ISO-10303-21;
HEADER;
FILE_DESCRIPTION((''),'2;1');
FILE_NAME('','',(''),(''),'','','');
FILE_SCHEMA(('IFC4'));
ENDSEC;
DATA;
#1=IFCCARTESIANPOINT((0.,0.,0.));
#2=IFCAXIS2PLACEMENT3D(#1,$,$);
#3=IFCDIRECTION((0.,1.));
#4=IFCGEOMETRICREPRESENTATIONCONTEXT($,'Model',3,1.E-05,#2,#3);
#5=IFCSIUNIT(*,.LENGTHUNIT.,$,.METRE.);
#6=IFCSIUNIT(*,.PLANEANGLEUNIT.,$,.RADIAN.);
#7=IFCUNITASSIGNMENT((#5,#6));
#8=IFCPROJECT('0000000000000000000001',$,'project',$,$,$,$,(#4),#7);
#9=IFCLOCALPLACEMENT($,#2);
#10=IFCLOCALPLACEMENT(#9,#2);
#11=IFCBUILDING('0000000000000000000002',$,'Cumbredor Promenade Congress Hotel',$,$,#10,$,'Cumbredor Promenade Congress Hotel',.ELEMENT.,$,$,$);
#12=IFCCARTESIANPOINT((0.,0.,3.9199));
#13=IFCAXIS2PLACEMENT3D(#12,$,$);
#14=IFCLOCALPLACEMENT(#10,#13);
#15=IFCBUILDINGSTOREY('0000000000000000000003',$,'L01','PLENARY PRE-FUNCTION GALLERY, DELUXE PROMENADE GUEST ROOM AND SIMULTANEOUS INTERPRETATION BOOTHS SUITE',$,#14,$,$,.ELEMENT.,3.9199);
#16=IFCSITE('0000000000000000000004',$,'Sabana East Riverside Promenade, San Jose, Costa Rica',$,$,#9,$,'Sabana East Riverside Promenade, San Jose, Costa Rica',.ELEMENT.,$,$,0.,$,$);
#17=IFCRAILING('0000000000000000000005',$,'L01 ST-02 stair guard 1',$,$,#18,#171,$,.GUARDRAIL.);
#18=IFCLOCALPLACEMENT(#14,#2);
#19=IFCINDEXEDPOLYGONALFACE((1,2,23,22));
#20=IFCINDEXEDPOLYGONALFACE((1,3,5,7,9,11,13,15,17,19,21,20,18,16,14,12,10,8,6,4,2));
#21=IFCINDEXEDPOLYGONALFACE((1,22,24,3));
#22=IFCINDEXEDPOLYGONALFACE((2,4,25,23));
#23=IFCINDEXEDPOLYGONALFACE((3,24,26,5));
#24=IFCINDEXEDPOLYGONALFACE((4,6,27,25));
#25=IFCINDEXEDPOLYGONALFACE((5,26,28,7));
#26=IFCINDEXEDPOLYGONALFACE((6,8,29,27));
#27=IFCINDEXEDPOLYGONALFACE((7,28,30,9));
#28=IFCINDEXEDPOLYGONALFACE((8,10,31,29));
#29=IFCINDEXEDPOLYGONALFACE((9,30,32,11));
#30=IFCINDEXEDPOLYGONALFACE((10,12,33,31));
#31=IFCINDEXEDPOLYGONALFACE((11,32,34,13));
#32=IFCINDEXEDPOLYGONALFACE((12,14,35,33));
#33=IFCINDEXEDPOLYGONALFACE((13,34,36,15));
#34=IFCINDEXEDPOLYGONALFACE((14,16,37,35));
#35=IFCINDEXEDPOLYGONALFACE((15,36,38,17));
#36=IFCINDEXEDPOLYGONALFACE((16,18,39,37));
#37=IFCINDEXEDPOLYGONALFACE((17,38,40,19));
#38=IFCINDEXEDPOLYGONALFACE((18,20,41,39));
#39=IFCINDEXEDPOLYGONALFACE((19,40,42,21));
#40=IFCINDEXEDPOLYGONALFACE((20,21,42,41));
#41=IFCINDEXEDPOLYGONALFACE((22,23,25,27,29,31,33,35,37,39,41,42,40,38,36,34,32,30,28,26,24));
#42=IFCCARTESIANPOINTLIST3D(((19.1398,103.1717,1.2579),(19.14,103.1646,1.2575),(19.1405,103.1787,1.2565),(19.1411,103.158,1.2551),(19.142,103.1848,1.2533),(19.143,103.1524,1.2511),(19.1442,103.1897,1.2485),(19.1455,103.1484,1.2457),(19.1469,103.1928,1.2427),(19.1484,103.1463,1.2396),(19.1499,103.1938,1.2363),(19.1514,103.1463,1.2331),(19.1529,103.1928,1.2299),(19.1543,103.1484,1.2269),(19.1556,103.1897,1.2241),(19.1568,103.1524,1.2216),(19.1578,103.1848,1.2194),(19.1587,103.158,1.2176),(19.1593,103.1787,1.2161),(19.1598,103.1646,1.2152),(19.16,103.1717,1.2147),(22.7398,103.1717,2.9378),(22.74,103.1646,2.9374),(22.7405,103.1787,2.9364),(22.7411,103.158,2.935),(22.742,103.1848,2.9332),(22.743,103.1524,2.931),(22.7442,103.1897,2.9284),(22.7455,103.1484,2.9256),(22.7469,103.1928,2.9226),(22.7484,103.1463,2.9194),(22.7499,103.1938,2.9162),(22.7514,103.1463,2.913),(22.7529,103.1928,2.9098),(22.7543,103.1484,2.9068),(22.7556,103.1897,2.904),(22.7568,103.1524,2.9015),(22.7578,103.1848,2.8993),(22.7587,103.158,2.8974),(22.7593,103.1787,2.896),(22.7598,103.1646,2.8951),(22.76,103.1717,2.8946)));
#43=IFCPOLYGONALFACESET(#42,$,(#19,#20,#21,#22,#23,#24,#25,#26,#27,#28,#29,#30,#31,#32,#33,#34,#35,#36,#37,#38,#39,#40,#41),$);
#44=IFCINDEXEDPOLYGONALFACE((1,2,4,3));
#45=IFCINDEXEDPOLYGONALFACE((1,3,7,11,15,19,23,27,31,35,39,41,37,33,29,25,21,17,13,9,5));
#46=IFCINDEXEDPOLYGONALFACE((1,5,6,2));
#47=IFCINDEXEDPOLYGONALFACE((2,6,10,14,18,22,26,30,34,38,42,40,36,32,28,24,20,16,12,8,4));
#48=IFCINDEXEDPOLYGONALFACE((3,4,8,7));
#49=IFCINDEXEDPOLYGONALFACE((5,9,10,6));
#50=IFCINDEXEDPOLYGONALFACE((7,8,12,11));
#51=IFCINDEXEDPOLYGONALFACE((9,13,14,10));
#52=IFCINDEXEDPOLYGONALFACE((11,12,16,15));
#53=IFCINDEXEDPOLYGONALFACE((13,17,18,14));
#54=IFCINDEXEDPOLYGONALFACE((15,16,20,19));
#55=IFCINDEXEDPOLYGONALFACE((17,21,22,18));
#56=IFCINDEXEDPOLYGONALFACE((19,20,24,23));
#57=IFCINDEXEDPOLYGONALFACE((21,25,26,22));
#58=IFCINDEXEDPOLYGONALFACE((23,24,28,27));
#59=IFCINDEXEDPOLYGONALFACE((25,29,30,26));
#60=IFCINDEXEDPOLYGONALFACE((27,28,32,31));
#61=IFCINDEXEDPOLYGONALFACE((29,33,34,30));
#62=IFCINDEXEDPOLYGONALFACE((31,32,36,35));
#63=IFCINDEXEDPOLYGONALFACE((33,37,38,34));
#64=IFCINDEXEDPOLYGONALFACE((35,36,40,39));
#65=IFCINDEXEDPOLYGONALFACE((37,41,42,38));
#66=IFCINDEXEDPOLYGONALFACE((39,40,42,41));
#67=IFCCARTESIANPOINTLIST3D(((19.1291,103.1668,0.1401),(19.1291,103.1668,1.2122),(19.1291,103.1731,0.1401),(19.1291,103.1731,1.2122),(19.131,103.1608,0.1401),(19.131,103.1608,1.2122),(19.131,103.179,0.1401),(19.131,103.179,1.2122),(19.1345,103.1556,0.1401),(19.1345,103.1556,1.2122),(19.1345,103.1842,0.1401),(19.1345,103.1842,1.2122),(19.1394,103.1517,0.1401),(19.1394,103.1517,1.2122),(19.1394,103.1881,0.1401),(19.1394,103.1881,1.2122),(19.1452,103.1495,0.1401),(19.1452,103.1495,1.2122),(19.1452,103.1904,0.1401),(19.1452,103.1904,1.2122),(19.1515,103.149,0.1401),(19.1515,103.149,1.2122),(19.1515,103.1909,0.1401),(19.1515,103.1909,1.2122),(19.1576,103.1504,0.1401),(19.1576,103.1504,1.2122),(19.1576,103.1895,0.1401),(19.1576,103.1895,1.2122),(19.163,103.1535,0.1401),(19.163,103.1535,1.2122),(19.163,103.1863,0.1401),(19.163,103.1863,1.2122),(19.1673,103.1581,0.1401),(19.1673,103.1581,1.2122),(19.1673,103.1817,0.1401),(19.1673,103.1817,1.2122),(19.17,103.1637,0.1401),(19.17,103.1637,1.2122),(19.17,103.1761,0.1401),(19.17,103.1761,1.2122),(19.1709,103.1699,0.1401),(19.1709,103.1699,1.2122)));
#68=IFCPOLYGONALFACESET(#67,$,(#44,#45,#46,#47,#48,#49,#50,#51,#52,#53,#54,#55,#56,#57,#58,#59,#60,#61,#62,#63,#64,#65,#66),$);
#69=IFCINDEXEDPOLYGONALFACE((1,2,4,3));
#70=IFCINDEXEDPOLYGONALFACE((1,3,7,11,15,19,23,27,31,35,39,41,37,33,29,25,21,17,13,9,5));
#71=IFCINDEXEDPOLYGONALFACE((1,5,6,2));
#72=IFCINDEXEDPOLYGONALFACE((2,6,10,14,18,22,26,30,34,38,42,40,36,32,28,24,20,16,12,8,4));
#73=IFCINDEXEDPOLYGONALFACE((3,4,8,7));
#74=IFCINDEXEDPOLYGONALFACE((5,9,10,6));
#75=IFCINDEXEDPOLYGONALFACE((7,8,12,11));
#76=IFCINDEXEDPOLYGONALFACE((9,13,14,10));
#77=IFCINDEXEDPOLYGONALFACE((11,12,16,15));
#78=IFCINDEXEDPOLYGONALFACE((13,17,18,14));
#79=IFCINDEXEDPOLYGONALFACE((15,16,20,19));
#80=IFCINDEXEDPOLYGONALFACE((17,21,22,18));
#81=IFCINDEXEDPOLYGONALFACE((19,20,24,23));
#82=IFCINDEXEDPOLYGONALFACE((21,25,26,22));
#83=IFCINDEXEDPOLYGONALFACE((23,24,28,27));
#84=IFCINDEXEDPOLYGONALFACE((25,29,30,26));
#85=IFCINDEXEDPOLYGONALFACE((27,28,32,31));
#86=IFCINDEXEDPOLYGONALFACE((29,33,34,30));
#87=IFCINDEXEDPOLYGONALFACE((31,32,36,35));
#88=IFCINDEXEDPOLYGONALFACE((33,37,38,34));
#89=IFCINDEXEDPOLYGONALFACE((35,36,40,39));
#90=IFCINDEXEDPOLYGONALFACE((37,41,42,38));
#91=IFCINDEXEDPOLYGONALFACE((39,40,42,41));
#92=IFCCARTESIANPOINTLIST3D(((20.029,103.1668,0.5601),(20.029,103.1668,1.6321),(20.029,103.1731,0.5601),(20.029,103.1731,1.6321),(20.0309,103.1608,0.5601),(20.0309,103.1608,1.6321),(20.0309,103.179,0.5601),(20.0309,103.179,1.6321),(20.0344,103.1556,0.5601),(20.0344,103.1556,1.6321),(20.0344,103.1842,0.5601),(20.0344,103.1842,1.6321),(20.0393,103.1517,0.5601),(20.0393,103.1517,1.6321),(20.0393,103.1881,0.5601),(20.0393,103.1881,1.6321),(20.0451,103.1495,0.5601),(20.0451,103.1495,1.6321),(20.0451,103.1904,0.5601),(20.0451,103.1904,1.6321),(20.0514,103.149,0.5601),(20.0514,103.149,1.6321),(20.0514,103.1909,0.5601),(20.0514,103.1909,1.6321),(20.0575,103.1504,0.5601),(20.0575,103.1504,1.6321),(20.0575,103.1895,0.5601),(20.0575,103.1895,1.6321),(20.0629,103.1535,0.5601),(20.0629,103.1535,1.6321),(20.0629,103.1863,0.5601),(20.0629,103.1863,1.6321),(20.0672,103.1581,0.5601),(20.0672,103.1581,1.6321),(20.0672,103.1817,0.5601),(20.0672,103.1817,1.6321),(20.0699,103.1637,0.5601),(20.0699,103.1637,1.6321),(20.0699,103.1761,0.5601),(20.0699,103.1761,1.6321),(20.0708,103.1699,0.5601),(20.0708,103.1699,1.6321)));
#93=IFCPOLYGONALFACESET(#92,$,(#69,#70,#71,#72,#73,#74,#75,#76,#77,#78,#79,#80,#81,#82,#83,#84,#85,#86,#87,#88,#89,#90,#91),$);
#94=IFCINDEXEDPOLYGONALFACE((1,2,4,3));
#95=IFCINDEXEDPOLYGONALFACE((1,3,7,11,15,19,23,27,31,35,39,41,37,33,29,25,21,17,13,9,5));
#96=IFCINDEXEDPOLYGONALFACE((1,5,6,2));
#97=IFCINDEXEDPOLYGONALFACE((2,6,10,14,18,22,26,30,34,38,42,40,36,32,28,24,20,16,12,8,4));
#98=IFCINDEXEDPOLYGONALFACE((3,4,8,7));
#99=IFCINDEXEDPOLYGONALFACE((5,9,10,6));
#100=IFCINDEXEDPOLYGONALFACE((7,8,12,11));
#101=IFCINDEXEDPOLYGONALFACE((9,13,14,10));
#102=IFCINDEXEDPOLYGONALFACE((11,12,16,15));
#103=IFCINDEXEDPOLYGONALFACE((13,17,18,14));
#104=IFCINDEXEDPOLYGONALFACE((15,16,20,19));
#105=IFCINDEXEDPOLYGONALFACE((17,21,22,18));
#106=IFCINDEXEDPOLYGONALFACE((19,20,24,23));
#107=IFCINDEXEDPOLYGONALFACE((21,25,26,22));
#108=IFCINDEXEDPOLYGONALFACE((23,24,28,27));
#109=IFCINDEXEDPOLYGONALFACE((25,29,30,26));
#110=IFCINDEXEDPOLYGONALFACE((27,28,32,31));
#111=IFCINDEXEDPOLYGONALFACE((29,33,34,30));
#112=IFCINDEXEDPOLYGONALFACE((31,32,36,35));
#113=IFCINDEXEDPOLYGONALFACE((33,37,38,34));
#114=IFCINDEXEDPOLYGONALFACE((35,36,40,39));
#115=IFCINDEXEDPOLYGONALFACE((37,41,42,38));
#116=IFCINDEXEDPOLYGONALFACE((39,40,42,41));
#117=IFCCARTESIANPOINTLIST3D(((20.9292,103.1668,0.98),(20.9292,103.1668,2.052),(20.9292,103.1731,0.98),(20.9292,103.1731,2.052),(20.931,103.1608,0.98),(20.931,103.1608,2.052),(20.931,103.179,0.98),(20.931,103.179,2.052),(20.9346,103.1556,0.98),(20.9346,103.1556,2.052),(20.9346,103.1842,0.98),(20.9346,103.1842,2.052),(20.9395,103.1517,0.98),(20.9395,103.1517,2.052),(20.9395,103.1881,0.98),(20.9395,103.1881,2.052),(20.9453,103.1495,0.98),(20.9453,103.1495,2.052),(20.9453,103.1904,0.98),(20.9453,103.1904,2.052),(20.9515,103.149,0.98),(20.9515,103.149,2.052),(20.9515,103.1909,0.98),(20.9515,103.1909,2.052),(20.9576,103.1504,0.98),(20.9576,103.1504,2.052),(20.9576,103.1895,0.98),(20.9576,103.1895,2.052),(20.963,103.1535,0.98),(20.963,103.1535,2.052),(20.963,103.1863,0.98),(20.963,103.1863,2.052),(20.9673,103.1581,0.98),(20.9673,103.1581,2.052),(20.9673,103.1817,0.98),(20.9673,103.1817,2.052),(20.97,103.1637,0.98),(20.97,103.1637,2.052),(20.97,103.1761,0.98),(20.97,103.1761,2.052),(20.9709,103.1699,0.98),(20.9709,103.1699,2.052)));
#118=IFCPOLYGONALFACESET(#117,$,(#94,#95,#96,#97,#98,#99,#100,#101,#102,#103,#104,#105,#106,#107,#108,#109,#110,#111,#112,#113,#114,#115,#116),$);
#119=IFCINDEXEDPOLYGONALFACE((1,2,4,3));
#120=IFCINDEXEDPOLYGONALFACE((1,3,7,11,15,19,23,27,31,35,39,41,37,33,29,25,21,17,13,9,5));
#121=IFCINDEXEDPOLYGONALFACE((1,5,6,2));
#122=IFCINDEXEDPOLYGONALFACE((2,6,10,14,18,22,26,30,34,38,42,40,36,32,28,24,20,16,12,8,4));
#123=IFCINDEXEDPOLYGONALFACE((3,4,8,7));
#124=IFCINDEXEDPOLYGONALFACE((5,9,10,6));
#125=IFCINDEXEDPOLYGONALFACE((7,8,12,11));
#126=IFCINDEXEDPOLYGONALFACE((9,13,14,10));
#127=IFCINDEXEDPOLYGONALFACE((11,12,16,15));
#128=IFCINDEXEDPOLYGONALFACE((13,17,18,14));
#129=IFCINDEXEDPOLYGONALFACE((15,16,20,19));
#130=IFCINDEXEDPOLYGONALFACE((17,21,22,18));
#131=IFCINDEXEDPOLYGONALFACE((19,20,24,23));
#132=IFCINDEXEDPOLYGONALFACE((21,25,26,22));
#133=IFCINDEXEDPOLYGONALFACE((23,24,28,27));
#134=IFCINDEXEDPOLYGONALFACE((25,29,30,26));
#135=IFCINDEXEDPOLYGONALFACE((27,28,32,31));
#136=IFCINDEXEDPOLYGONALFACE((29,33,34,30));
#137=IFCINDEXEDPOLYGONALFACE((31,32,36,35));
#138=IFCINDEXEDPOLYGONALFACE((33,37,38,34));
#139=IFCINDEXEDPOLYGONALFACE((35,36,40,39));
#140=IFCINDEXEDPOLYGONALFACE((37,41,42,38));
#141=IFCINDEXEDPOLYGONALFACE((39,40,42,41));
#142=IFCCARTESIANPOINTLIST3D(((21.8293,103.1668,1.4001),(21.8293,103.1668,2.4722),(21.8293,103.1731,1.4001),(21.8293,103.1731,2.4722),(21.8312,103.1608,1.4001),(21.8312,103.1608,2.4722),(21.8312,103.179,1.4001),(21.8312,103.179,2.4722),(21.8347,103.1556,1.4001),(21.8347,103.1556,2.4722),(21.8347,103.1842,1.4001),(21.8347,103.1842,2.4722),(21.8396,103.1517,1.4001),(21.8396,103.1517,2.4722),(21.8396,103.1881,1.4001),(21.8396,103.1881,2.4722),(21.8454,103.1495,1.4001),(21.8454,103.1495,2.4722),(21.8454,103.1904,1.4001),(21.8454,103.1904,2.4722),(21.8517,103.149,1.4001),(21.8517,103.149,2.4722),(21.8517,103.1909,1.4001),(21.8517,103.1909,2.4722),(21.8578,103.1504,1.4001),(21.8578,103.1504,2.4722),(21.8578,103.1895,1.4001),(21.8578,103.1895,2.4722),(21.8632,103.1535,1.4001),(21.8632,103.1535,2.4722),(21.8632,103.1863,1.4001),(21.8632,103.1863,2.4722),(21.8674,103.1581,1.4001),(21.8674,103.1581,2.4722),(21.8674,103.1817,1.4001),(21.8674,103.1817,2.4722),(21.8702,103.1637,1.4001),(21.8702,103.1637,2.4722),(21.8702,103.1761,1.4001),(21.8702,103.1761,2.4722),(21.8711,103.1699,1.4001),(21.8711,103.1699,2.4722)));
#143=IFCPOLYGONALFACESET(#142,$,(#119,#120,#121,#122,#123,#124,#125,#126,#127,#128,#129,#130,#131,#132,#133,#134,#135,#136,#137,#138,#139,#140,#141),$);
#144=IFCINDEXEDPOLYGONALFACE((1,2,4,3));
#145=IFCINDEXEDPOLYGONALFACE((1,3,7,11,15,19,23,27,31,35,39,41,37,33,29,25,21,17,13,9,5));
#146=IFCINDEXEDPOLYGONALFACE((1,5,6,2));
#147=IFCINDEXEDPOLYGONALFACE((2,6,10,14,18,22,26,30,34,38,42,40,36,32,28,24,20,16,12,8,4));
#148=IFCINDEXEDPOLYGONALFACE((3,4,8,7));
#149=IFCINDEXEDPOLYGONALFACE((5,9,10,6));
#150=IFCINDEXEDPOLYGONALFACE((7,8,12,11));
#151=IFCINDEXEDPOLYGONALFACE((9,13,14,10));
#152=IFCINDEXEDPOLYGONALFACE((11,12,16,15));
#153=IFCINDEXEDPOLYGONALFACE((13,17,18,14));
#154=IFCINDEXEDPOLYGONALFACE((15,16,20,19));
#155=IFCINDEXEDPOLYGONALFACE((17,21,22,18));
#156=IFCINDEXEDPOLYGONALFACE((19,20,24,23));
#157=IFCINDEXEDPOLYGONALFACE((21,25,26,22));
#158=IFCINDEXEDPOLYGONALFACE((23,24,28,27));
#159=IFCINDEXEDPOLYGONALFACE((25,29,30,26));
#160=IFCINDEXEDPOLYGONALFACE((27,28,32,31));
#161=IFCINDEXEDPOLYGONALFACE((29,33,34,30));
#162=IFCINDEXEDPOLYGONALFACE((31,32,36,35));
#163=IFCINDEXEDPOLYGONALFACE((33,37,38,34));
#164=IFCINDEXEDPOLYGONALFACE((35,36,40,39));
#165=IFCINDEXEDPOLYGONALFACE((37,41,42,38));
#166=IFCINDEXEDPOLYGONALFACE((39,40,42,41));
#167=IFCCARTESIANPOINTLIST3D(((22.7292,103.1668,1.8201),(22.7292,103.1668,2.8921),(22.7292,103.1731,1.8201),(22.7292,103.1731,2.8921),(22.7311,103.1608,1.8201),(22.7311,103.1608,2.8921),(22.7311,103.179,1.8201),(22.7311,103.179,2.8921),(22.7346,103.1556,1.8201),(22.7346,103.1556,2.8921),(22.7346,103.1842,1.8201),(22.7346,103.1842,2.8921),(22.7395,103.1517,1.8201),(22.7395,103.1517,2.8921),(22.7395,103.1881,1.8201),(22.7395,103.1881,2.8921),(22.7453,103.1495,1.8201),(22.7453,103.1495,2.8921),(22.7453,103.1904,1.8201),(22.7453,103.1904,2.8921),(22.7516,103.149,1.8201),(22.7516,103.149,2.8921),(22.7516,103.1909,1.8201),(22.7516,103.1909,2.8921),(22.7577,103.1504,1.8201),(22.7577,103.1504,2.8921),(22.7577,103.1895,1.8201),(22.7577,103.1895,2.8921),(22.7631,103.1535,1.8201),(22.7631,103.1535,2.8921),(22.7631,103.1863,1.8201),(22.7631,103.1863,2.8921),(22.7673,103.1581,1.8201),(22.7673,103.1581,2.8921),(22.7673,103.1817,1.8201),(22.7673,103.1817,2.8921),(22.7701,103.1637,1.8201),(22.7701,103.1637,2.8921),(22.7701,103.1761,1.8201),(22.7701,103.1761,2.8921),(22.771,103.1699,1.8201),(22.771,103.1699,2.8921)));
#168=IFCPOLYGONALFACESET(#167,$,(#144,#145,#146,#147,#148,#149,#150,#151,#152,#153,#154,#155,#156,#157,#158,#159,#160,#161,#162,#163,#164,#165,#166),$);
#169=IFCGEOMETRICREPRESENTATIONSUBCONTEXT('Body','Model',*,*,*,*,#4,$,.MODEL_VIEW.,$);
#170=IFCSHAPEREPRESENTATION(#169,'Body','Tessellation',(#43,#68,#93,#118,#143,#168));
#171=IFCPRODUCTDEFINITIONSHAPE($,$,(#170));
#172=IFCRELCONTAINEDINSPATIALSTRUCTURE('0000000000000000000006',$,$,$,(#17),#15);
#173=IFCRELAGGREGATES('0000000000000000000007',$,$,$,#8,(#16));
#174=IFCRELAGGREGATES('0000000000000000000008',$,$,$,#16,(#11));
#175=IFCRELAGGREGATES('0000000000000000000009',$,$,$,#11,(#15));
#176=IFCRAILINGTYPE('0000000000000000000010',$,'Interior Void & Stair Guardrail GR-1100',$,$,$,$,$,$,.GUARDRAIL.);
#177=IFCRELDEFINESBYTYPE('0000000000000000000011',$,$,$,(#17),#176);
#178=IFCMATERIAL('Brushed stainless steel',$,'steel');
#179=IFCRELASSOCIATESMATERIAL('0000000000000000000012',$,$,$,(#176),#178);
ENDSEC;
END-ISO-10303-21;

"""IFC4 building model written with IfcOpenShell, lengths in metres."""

from ifc_helpers import new_model, si_unit, direction, frame, origin, origin_2d, place, context, subcontext, project, spatial, circle, extrude, material, type_object, element, save


model = new_model("IFC4")

# Units and contexts
model_context = context("Model", 3, precision=1e-05, world=origin(), true_north=direction((0.0, 1.0)))
body_context = subcontext(model_context, "Body", "Model", "MODEL_VIEW")
ifc_project = project(units=[si_unit("LENGTHUNIT", "METRE"), si_unit("PLANEANGLEUNIT", "RADIAN")], contexts=[model_context])

# Site, building, storey
site_placement = place(None, origin())
site = spatial("IfcSite", under=ifc_project, at=site_placement, Name="Sabana East Riverside Promenade, San Jose, Costa Rica", LongName="Sabana East Riverside Promenade, San Jose, Costa Rica", CompositionType="ELEMENT", RefElevation=0.0)
building_placement = place(site_placement, origin())
building = spatial("IfcBuilding", under=site, at=building_placement, Name="Cumbredor Promenade Congress Hotel", LongName="Cumbredor Promenade Congress Hotel", CompositionType="ELEMENT")
storey_placement = place(building_placement, frame((0.0, 0.0, 3.9199)))
storey = spatial("IfcBuildingStorey", under=building, at=storey_placement, Name="L01", Description="PLENARY PRE-FUNCTION GALLERY, DELUXE PROMENADE GUEST ROOM AND SIMULTANEOUS INTERPRETATION BOOTHS SUITE", CompositionType="ELEMENT", Elevation=3.9199)

# Railing
ifc_material_1 = material(Name="Brushed stainless steel", Category="steel")
railing_type_1 = type_object("IfcRailingType", Name="Interior Void & Stair Guardrail GR-1100", PredefinedType="GUARDRAIL", material=ifc_material_1)
railing_1_placement = place(storey_placement, frame((19.1499, 103.1699, 0.1401)))
element("IfcRailing", 1, at=railing_1_placement, inside=storey, type_object=railing_type_1, Name="L01 ST-02 stair guard 1", PredefinedType="GUARDRAIL", context=body_context, shape_type="SweptSolid", body=[
    extrude(circle(Radius=0.0239, at=origin_2d()), frame((0.0, 0.0, 1.0962), z_axis=(0.906194, 0.0, 0.422862), x_axis=(0.0, 1.0, 0.0)), (0.0, 0.0, 1.0), 3.9727),
    extrude(circle(Radius=0.021, at=origin_2d()), origin(), (0.0, 0.0, 1.0), 1.072),
    extrude(circle(Radius=0.021, at=origin_2d()), frame((0.8999, 0.0, 0.4199)), (0.0, 0.0, 1.0), 1.072),
    extrude(circle(Radius=0.021, at=origin_2d()), frame((1.8, 0.0, 0.8398)), (0.0, 0.0, 1.0), 1.072),
    extrude(circle(Radius=0.021, at=origin_2d()), frame((2.7002, 0.0, 1.26)), (0.0, 0.0, 1.0), 1.072),
    extrude(circle(Radius=0.021, at=origin_2d()), frame((3.6001, 0.0, 1.6799)), (0.0, 0.0, 1.0), 1.072),
])

save(model, "model.ifc")
